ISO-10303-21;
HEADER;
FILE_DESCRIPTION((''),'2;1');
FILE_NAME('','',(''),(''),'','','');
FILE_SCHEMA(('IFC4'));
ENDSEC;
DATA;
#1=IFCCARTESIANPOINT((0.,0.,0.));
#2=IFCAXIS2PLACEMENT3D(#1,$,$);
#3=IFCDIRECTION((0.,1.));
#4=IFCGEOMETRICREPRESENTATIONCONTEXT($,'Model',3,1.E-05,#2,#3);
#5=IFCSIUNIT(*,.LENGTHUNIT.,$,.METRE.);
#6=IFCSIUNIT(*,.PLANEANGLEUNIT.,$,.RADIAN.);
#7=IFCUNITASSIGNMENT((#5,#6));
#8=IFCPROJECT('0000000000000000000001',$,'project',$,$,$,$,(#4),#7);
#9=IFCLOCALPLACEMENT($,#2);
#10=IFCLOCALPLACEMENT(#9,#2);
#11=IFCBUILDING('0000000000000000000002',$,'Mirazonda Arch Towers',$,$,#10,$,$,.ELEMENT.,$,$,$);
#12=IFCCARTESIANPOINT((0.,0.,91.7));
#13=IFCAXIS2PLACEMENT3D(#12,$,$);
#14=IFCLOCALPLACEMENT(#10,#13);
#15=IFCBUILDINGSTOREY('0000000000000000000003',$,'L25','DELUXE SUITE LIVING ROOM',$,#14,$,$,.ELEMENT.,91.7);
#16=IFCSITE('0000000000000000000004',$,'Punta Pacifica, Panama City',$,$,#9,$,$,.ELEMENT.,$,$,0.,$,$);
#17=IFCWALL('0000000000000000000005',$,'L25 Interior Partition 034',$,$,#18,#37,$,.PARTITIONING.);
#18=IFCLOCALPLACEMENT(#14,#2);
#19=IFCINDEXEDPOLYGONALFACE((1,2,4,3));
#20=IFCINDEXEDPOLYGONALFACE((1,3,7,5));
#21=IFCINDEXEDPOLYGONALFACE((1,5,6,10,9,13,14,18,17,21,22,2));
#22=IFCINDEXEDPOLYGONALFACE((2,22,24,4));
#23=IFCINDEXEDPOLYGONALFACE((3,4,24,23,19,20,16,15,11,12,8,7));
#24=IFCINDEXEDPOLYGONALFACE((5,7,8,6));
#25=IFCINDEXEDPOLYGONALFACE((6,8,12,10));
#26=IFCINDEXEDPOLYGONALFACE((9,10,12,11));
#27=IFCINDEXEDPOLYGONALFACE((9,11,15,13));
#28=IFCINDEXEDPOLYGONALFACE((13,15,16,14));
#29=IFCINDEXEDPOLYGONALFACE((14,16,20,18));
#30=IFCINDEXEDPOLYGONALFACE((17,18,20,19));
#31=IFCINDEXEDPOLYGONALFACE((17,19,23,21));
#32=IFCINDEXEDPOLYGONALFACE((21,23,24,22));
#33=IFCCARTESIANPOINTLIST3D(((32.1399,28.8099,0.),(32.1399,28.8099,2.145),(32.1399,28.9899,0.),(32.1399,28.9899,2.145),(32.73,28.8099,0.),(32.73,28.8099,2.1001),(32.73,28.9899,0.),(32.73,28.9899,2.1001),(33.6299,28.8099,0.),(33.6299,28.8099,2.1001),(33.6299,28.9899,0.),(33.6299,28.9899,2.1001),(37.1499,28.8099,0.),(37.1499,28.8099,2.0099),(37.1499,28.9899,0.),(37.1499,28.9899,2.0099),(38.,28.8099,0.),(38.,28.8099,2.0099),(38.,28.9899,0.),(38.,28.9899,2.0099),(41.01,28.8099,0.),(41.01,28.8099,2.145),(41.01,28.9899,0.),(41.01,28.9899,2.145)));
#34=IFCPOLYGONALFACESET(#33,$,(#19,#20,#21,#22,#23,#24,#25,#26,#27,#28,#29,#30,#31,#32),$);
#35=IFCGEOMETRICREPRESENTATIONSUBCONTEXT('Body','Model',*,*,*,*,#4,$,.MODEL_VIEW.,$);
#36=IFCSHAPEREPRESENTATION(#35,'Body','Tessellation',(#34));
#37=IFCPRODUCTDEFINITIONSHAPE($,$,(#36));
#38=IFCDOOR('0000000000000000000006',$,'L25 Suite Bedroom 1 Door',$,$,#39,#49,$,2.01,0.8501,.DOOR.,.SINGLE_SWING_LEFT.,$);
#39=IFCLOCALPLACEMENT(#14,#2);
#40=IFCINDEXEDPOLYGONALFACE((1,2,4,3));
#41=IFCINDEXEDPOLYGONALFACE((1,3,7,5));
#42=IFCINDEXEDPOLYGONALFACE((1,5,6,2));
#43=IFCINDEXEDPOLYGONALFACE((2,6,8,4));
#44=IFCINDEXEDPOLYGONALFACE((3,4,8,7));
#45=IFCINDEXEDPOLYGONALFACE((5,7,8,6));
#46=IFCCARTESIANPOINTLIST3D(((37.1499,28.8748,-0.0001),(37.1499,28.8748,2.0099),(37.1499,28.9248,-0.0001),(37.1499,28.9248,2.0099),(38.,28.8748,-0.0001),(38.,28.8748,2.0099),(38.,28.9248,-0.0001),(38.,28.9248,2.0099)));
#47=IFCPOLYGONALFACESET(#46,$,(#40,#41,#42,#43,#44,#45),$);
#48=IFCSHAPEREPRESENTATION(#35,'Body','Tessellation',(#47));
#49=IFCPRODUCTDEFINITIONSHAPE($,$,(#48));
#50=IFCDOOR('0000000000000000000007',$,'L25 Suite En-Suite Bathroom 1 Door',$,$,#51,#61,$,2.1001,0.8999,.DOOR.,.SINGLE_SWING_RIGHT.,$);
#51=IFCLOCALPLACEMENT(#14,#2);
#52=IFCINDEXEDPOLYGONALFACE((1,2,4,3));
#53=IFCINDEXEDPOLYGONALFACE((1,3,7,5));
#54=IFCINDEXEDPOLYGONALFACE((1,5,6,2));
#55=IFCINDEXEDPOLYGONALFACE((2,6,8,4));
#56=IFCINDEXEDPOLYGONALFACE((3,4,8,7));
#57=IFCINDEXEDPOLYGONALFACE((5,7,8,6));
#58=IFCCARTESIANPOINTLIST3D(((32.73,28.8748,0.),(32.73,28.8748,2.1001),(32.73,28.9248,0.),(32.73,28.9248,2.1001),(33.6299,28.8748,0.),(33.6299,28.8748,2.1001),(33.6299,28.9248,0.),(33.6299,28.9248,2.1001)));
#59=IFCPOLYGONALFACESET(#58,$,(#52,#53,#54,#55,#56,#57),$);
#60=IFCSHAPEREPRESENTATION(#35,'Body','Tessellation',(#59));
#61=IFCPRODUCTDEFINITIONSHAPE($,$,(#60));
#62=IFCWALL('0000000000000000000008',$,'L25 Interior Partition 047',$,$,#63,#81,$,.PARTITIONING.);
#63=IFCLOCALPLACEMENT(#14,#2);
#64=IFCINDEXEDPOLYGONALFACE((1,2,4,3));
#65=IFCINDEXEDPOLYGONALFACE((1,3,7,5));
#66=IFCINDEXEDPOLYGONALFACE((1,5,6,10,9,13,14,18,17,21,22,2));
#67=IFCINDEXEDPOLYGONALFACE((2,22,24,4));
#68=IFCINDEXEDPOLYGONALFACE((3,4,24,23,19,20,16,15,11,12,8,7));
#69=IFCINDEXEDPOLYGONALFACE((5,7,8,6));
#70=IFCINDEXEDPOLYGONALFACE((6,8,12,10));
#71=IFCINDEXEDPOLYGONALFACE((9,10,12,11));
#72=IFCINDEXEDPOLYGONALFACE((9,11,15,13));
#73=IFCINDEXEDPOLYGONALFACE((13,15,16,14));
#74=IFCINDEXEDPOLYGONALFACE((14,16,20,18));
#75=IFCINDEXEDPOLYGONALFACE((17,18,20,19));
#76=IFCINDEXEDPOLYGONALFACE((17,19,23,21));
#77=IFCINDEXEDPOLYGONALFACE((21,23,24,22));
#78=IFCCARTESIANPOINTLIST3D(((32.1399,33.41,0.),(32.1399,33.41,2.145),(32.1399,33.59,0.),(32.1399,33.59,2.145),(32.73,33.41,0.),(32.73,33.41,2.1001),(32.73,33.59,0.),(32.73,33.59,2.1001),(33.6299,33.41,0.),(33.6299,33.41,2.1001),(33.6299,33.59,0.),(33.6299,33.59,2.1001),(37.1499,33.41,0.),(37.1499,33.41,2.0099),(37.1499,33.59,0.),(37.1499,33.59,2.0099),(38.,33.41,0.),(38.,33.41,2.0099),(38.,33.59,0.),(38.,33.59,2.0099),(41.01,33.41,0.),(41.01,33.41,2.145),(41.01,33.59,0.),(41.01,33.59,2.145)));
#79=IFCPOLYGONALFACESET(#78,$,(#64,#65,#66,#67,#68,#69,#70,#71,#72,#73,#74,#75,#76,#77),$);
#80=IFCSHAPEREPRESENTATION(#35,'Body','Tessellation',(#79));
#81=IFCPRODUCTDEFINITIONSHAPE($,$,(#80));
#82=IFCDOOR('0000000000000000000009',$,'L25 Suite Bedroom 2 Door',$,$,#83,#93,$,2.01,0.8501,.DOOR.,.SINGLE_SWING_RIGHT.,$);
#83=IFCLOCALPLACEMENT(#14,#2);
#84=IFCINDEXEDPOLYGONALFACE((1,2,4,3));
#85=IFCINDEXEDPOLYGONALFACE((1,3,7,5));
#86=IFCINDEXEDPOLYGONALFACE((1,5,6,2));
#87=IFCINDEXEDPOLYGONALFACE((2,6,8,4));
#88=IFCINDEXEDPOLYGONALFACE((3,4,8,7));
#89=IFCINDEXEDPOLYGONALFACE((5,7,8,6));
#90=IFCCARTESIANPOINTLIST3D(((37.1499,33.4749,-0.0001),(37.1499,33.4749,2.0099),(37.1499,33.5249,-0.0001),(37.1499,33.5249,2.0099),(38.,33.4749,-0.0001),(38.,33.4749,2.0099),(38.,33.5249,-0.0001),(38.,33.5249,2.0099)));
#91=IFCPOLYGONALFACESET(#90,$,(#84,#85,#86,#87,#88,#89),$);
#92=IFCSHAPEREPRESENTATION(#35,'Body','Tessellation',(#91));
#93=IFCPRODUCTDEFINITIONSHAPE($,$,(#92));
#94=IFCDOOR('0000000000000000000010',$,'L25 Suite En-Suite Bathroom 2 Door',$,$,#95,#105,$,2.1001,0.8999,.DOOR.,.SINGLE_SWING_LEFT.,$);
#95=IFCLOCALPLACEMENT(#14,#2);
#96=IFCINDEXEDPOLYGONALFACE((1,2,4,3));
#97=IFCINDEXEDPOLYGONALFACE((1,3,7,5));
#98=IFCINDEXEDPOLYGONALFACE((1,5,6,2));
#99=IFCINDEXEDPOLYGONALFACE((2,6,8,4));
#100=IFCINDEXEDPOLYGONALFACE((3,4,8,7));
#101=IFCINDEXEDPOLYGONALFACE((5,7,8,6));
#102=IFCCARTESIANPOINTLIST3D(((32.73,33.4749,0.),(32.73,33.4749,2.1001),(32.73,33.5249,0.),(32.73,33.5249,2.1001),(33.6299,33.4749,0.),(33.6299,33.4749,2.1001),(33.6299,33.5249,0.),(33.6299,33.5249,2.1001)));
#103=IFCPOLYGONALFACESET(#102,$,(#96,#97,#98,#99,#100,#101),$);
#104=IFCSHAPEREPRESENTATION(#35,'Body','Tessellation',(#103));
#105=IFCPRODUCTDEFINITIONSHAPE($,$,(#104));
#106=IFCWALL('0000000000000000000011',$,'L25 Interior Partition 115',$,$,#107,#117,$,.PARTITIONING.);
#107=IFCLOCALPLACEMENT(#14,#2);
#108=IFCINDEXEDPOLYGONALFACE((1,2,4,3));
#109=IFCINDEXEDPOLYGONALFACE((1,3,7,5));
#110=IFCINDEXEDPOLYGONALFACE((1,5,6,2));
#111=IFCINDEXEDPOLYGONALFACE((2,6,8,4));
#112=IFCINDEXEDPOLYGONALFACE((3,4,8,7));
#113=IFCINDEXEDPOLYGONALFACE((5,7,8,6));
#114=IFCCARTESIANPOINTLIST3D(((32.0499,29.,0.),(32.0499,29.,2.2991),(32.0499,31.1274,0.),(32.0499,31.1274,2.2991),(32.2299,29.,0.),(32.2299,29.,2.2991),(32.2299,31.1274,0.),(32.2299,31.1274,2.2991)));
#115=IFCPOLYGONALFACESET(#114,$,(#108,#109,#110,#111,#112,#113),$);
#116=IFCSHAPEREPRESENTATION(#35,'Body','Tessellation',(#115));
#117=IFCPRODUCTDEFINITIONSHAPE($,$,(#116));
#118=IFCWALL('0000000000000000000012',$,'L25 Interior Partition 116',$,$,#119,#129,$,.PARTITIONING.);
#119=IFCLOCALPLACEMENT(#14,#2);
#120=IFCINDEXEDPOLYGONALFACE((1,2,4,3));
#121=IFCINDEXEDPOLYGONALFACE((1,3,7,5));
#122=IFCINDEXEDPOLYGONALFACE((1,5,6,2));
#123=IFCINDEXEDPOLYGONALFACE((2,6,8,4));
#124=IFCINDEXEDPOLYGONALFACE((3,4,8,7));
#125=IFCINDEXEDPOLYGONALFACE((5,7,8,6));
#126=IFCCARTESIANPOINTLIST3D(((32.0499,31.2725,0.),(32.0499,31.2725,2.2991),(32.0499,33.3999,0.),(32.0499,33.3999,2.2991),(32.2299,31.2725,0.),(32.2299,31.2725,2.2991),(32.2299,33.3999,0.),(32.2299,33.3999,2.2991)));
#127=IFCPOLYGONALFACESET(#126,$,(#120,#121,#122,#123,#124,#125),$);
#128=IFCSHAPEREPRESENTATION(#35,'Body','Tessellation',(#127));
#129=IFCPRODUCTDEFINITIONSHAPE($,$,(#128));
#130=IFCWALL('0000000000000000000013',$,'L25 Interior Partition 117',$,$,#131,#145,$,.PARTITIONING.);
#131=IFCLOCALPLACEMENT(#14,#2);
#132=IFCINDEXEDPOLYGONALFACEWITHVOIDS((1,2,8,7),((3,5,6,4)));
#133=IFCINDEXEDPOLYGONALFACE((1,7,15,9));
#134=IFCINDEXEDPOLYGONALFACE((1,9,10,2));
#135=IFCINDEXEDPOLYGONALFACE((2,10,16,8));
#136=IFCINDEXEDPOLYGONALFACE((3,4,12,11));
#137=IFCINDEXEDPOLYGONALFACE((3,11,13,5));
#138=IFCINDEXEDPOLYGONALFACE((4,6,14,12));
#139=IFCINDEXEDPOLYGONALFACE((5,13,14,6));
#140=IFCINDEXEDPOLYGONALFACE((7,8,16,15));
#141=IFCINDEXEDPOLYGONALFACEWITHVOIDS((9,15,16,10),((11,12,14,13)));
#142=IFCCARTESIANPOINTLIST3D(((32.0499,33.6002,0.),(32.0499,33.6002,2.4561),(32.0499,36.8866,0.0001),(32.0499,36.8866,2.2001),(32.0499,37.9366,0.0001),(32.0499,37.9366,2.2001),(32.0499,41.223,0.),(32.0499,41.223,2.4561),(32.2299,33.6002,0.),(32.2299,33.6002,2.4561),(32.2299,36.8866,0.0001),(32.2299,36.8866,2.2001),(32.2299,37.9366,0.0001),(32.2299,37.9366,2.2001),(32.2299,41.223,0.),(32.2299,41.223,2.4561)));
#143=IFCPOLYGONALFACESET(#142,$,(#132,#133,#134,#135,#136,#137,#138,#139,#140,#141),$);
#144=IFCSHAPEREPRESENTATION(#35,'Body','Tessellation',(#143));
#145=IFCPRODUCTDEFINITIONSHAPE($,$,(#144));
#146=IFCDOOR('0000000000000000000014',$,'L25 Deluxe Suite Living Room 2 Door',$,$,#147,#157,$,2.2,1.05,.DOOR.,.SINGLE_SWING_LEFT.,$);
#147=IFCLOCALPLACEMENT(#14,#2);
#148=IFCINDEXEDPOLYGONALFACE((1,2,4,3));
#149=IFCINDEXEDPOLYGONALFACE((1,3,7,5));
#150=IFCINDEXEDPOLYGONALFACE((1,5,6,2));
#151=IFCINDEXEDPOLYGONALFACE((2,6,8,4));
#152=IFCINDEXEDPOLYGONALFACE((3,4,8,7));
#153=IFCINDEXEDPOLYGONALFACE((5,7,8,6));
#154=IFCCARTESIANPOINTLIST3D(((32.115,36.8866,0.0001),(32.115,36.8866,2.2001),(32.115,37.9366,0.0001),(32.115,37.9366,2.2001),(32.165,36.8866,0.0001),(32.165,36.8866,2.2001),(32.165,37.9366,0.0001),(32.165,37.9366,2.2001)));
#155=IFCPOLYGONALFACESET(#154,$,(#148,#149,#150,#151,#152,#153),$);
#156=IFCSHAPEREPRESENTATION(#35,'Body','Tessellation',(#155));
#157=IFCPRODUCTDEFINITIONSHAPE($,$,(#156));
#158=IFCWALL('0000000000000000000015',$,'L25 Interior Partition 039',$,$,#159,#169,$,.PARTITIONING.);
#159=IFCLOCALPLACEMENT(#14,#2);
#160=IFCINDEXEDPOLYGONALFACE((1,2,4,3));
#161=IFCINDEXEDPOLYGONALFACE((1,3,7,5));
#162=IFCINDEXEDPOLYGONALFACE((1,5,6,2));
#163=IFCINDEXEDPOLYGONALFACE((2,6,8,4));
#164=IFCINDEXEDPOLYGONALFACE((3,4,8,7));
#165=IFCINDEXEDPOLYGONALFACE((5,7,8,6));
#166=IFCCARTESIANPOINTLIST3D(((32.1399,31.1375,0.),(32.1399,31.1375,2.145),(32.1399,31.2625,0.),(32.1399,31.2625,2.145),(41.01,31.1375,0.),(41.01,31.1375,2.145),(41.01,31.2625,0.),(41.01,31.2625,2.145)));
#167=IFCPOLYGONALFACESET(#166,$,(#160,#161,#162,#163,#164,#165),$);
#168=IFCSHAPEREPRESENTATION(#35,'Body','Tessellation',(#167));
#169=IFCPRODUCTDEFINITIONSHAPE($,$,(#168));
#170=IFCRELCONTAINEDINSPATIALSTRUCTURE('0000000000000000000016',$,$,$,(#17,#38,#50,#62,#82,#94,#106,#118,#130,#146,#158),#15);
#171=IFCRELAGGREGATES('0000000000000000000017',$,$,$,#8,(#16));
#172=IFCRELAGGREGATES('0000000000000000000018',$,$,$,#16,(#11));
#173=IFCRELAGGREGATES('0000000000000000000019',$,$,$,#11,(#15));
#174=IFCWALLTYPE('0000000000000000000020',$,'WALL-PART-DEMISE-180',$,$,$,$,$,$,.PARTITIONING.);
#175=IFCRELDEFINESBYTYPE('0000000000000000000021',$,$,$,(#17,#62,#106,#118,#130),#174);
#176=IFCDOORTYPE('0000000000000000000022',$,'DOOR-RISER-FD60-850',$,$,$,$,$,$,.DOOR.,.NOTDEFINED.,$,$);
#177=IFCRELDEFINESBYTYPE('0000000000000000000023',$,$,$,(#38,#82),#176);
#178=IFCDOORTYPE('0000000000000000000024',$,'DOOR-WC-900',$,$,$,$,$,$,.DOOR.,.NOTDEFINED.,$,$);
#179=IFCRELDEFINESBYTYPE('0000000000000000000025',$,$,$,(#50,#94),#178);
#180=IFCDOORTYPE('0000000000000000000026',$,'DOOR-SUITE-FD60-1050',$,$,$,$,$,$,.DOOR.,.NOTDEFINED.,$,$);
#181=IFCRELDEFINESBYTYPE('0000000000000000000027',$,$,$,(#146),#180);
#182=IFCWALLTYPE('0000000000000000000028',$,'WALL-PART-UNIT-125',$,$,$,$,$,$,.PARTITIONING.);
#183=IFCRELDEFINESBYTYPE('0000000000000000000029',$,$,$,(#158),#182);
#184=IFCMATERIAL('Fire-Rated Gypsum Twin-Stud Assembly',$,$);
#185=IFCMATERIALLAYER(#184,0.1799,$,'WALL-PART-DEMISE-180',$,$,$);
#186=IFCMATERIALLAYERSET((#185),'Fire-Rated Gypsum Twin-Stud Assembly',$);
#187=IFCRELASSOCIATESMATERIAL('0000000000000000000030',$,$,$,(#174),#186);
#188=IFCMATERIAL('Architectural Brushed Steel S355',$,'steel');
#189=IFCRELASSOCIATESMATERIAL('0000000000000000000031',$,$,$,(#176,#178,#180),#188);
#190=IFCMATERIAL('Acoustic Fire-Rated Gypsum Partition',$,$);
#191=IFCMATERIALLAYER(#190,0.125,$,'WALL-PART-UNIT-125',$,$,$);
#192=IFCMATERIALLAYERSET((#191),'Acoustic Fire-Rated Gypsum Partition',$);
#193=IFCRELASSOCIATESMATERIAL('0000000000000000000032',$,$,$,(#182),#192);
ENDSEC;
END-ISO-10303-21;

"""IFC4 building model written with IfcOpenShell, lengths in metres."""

from ifc_helpers import new_model, si_unit, direction, frame, frame_2d, origin, place, context, subcontext, project, spatial, rectangle, extrude, material, layer, layer_set, type_object, element, fill, save


model = new_model("IFC4")

# Units and contexts
model_context = context("Model", 3, precision=1e-05, world=origin(), true_north=direction((0.0, 1.0)))
body_context = subcontext(model_context, "Body", "Model", "MODEL_VIEW")
ifc_project = project(units=[si_unit("LENGTHUNIT", "METRE"), si_unit("PLANEANGLEUNIT", "RADIAN")], contexts=[model_context])

# Site, building, storey
site_placement = place(None, origin())
site = spatial("IfcSite", under=ifc_project, at=site_placement, Name="Punta Pacifica, Panama City", CompositionType="ELEMENT", RefElevation=0.0)
building_placement = place(site_placement, origin())
building = spatial("IfcBuilding", under=site, at=building_placement, Name="Mirazonda Arch Towers", CompositionType="ELEMENT")
storey_placement = place(building_placement, frame((0.0, 0.0, 91.7)))
storey = spatial("IfcBuildingStorey", under=building, at=storey_placement, Name="L25", Description="DELUXE SUITE LIVING ROOM", CompositionType="ELEMENT", Elevation=91.7)

# Walls, openings, doors
ifc_material_1 = material(Name="Fire-Rated Gypsum Twin-Stud Assembly")
ifc_layer_1 = layer(ifc_material_1, 0.1799, Name="WALL-PART-DEMISE-180")
ifc_layer_set_1 = layer_set([ifc_layer_1], Name="Fire-Rated Gypsum Twin-Stud Assembly")
wall_type_1 = type_object("IfcWallType", Name="WALL-PART-DEMISE-180", PredefinedType="PARTITIONING", material=ifc_layer_set_1)
wall_1_placement = place(storey_placement, frame((32.1399, 28.8999, 0.0), z_axis=(0.0, 0.0, 1.0), x_axis=(1.0, 0.0, 0.0)))
wall_1 = element("IfcWall", 1, at=wall_1_placement, inside=storey, type_object=wall_type_1, Name="L25 Interior Partition 034", PredefinedType="PARTITIONING", context=body_context, shape_type="SweptSolid", body=[
    extrude(rectangle(XDim=8.8701, YDim=0.1799, at=frame_2d((4.4351, 0.0))), origin(), (0.0, 0.0, 1.0), 2.145),
])
opening_1_placement = place(wall_1_placement, frame((5.01, 0.0, 0.0)))
opening_1 = element("IfcOpeningElement", 2, at=opening_1_placement, cuts=wall_1, PredefinedType="OPENING", context=body_context, shape_type="SweptSolid", body=[
    extrude(rectangle(XDim=0.8501, YDim=2.01, at=frame_2d((0.425, 1.0049))), frame((0.0, 0.0999, 0.0), z_axis=(0.0, -1.0, 0.0), x_axis=(1.0, 0.0, 0.0)), (0.0, 0.0, 1.0), 0.2),
])
opening_2_placement = place(wall_1_placement, frame((0.5901, 0.0, 0.0)))
opening_2 = element("IfcOpeningElement", 3, at=opening_2_placement, cuts=wall_1, PredefinedType="OPENING", context=body_context, shape_type="SweptSolid", body=[
    extrude(rectangle(XDim=0.8999, YDim=2.1001, at=frame_2d((0.45, 1.05))), frame((0.0, 0.0999, 0.0), z_axis=(0.0, -1.0, 0.0), x_axis=(1.0, 0.0, 0.0)), (0.0, 0.0, 1.0), 0.2),
])
ifc_material_2 = material(Name="Architectural Brushed Steel S355", Category="steel")
door_type_1 = type_object("IfcDoorType", Name="DOOR-RISER-FD60-850", OperationType="NOTDEFINED", PredefinedType="DOOR", material=ifc_material_2)
door_1_placement = place(opening_1_placement, origin())
door_1 = element("IfcDoor", 4, at=door_1_placement, inside=storey, type_object=door_type_1, Name="L25 Suite Bedroom 1 Door", OperationType="SINGLE_SWING_LEFT", OverallHeight=2.01, OverallWidth=0.8501, PredefinedType="DOOR", context=body_context, shape_type="SweptSolid", body=[
    extrude(rectangle(XDim=0.8501, YDim=2.01, at=frame_2d((0.425, 1.0049))), frame((0.0, 0.0249, 0.0), z_axis=(0.0, -1.0, 0.0), x_axis=(1.0, 0.0, 0.0)), (0.0, 0.0, 1.0), 0.05),
])
fill(opening_1, door_1)
door_type_2 = type_object("IfcDoorType", Name="DOOR-WC-900", OperationType="NOTDEFINED", PredefinedType="DOOR", material=ifc_material_2)
door_2_placement = place(opening_2_placement, origin())
door_2 = element("IfcDoor", 5, at=door_2_placement, inside=storey, type_object=door_type_2, Name="L25 Suite En-Suite Bathroom 1 Door", OperationType="SINGLE_SWING_RIGHT", OverallHeight=2.1001, OverallWidth=0.8999, PredefinedType="DOOR", context=body_context, shape_type="SweptSolid", body=[
    extrude(rectangle(XDim=0.8999, YDim=2.1001, at=frame_2d((0.45, 1.05))), frame((0.0, 0.0249, 0.0), z_axis=(0.0, -1.0, 0.0), x_axis=(1.0, 0.0, 0.0)), (0.0, 0.0, 1.0), 0.05),
])
fill(opening_2, door_2)
wall_2_placement = place(storey_placement, frame((32.1399, 33.5, 0.0), z_axis=(0.0, 0.0, 1.0), x_axis=(1.0, 0.0, 0.0)))
wall_2 = element("IfcWall", 6, at=wall_2_placement, inside=storey, type_object=wall_type_1, Name="L25 Interior Partition 047", PredefinedType="PARTITIONING", context=body_context, shape_type="SweptSolid", body=[
    extrude(rectangle(XDim=8.8701, YDim=0.1799, at=frame_2d((4.4351, 0.0))), origin(), (0.0, 0.0, 1.0), 2.145),
])
opening_3_placement = place(wall_2_placement, frame((5.01, 0.0, 0.0)))
opening_3 = element("IfcOpeningElement", 7, at=opening_3_placement, cuts=wall_2, PredefinedType="OPENING", context=body_context, shape_type="SweptSolid", body=[
    extrude(rectangle(XDim=0.8501, YDim=2.01, at=frame_2d((0.425, 1.0049))), frame((0.0, 0.0999, 0.0), z_axis=(0.0, -1.0, 0.0), x_axis=(1.0, 0.0, 0.0)), (0.0, 0.0, 1.0), 0.2),
])
opening_4_placement = place(wall_2_placement, frame((0.5901, 0.0, 0.0)))
opening_4 = element("IfcOpeningElement", 8, at=opening_4_placement, cuts=wall_2, PredefinedType="OPENING", context=body_context, shape_type="SweptSolid", body=[
    extrude(rectangle(XDim=0.8999, YDim=2.1001, at=frame_2d((0.45, 1.05))), frame((0.0, 0.0999, 0.0), z_axis=(0.0, -1.0, 0.0), x_axis=(1.0, 0.0, 0.0)), (0.0, 0.0, 1.0), 0.2),
])
door_3_placement = place(opening_3_placement, origin())
door_3 = element("IfcDoor", 9, at=door_3_placement, inside=storey, type_object=door_type_1, Name="L25 Suite Bedroom 2 Door", OperationType="SINGLE_SWING_RIGHT", OverallHeight=2.01, OverallWidth=0.8501, PredefinedType="DOOR", context=body_context, shape_type="SweptSolid", body=[
    extrude(rectangle(XDim=0.8501, YDim=2.01, at=frame_2d((0.425, 1.0049))), frame((0.0, 0.0249, 0.0), z_axis=(0.0, -1.0, 0.0), x_axis=(1.0, 0.0, 0.0)), (0.0, 0.0, 1.0), 0.05),
])
fill(opening_3, door_3)
door_4_placement = place(opening_4_placement, origin())
door_4 = element("IfcDoor", 10, at=door_4_placement, inside=storey, type_object=door_type_2, Name="L25 Suite En-Suite Bathroom 2 Door", OperationType="SINGLE_SWING_LEFT", OverallHeight=2.1001, OverallWidth=0.8999, PredefinedType="DOOR", context=body_context, shape_type="SweptSolid", body=[
    extrude(rectangle(XDim=0.8999, YDim=2.1001, at=frame_2d((0.45, 1.05))), frame((0.0, 0.0249, 0.0), z_axis=(0.0, -1.0, 0.0), x_axis=(1.0, 0.0, 0.0)), (0.0, 0.0, 1.0), 0.05),
])
fill(opening_4, door_4)

# Walls
for number, where, z_axis, x_axis, name in (
    (11, (32.1399, 29.0, 0.0), (0.0, 0.0, 1.0), (0.0, 1.0, 0.0), "L25 Interior Partition 115"),
    (12, (32.1399, 31.2725, 0.0), (0.0, 0.0, 1.0), (0.0, 1.0, 0.0), "L25 Interior Partition 116"),
):
    element("IfcWall", number, at=place(storey_placement, frame(where, z_axis=z_axis, x_axis=x_axis)), inside=storey, type_object=wall_type_1, Name=name, PredefinedType="PARTITIONING", context=body_context, shape_type="SweptSolid", body=[
        extrude(rectangle(XDim=2.1274, YDim=0.1799, at=frame_2d((1.0637, 0.0))), origin(), (0.0, 0.0, 1.0), 2.2991),
    ])

# Wall, opening, door
wall_3_placement = place(storey_placement, frame((32.1399, 33.6001, 0.0), z_axis=(0.0, 0.0, 1.0), x_axis=(0.0, 1.0, 0.0)))
wall_3 = element("IfcWall", 13, at=wall_3_placement, inside=storey, type_object=wall_type_1, Name="L25 Interior Partition 117", PredefinedType="PARTITIONING", context=body_context, shape_type="SweptSolid", body=[
    extrude(rectangle(XDim=7.6228, YDim=0.1799, at=frame_2d((3.8115, 0.0))), origin(), (0.0, 0.0, 1.0), 2.4561),
])
opening_5_placement = place(wall_3_placement, frame((3.2866, 0.0, 0.0)))
opening_5 = element("IfcOpeningElement", 14, at=opening_5_placement, cuts=wall_3, PredefinedType="OPENING", context=body_context, shape_type="SweptSolid", body=[
    extrude(rectangle(XDim=1.05, YDim=2.2, at=frame_2d((0.5249, 1.1001))), frame((0.0, 0.0999, 0.0), z_axis=(0.0, -1.0, 0.0), x_axis=(1.0, 0.0, 0.0)), (0.0, 0.0, 1.0), 0.2),
])
door_type_3 = type_object("IfcDoorType", Name="DOOR-SUITE-FD60-1050", OperationType="NOTDEFINED", PredefinedType="DOOR", material=ifc_material_2)
door_5_placement = place(opening_5_placement, origin())
door_5 = element("IfcDoor", 15, at=door_5_placement, inside=storey, type_object=door_type_3, Name="L25 Deluxe Suite Living Room 2 Door", OperationType="SINGLE_SWING_LEFT", OverallHeight=2.2, OverallWidth=1.05, PredefinedType="DOOR", context=body_context, shape_type="SweptSolid", body=[
    extrude(rectangle(XDim=1.05, YDim=2.2, at=frame_2d((0.5249, 1.1001))), frame((0.0, 0.0249, 0.0), z_axis=(0.0, -1.0, 0.0), x_axis=(1.0, 0.0, 0.0)), (0.0, 0.0, 1.0), 0.05),
])
fill(opening_5, door_5)

# Wall
ifc_material_3 = material(Name="Acoustic Fire-Rated Gypsum Partition")
ifc_layer_2 = layer(ifc_material_3, 0.125, Name="WALL-PART-UNIT-125")
ifc_layer_set_2 = layer_set([ifc_layer_2], Name="Acoustic Fire-Rated Gypsum Partition")
wall_type_2 = type_object("IfcWallType", Name="WALL-PART-UNIT-125", PredefinedType="PARTITIONING", material=ifc_layer_set_2)
wall_4_placement = place(storey_placement, frame((32.1399, 31.2, 0.0), z_axis=(0.0, 0.0, 1.0), x_axis=(1.0, 0.0, 0.0)))
element("IfcWall", 16, at=wall_4_placement, inside=storey, type_object=wall_type_2, Name="L25 Interior Partition 039", PredefinedType="PARTITIONING", context=body_context, shape_type="SweptSolid", body=[
    extrude(rectangle(XDim=8.8701, YDim=0.125, at=frame_2d((4.4351, 0.0))), origin(), (0.0, 0.0, 1.0), 2.145),
])

save(model, "model.ifc")
